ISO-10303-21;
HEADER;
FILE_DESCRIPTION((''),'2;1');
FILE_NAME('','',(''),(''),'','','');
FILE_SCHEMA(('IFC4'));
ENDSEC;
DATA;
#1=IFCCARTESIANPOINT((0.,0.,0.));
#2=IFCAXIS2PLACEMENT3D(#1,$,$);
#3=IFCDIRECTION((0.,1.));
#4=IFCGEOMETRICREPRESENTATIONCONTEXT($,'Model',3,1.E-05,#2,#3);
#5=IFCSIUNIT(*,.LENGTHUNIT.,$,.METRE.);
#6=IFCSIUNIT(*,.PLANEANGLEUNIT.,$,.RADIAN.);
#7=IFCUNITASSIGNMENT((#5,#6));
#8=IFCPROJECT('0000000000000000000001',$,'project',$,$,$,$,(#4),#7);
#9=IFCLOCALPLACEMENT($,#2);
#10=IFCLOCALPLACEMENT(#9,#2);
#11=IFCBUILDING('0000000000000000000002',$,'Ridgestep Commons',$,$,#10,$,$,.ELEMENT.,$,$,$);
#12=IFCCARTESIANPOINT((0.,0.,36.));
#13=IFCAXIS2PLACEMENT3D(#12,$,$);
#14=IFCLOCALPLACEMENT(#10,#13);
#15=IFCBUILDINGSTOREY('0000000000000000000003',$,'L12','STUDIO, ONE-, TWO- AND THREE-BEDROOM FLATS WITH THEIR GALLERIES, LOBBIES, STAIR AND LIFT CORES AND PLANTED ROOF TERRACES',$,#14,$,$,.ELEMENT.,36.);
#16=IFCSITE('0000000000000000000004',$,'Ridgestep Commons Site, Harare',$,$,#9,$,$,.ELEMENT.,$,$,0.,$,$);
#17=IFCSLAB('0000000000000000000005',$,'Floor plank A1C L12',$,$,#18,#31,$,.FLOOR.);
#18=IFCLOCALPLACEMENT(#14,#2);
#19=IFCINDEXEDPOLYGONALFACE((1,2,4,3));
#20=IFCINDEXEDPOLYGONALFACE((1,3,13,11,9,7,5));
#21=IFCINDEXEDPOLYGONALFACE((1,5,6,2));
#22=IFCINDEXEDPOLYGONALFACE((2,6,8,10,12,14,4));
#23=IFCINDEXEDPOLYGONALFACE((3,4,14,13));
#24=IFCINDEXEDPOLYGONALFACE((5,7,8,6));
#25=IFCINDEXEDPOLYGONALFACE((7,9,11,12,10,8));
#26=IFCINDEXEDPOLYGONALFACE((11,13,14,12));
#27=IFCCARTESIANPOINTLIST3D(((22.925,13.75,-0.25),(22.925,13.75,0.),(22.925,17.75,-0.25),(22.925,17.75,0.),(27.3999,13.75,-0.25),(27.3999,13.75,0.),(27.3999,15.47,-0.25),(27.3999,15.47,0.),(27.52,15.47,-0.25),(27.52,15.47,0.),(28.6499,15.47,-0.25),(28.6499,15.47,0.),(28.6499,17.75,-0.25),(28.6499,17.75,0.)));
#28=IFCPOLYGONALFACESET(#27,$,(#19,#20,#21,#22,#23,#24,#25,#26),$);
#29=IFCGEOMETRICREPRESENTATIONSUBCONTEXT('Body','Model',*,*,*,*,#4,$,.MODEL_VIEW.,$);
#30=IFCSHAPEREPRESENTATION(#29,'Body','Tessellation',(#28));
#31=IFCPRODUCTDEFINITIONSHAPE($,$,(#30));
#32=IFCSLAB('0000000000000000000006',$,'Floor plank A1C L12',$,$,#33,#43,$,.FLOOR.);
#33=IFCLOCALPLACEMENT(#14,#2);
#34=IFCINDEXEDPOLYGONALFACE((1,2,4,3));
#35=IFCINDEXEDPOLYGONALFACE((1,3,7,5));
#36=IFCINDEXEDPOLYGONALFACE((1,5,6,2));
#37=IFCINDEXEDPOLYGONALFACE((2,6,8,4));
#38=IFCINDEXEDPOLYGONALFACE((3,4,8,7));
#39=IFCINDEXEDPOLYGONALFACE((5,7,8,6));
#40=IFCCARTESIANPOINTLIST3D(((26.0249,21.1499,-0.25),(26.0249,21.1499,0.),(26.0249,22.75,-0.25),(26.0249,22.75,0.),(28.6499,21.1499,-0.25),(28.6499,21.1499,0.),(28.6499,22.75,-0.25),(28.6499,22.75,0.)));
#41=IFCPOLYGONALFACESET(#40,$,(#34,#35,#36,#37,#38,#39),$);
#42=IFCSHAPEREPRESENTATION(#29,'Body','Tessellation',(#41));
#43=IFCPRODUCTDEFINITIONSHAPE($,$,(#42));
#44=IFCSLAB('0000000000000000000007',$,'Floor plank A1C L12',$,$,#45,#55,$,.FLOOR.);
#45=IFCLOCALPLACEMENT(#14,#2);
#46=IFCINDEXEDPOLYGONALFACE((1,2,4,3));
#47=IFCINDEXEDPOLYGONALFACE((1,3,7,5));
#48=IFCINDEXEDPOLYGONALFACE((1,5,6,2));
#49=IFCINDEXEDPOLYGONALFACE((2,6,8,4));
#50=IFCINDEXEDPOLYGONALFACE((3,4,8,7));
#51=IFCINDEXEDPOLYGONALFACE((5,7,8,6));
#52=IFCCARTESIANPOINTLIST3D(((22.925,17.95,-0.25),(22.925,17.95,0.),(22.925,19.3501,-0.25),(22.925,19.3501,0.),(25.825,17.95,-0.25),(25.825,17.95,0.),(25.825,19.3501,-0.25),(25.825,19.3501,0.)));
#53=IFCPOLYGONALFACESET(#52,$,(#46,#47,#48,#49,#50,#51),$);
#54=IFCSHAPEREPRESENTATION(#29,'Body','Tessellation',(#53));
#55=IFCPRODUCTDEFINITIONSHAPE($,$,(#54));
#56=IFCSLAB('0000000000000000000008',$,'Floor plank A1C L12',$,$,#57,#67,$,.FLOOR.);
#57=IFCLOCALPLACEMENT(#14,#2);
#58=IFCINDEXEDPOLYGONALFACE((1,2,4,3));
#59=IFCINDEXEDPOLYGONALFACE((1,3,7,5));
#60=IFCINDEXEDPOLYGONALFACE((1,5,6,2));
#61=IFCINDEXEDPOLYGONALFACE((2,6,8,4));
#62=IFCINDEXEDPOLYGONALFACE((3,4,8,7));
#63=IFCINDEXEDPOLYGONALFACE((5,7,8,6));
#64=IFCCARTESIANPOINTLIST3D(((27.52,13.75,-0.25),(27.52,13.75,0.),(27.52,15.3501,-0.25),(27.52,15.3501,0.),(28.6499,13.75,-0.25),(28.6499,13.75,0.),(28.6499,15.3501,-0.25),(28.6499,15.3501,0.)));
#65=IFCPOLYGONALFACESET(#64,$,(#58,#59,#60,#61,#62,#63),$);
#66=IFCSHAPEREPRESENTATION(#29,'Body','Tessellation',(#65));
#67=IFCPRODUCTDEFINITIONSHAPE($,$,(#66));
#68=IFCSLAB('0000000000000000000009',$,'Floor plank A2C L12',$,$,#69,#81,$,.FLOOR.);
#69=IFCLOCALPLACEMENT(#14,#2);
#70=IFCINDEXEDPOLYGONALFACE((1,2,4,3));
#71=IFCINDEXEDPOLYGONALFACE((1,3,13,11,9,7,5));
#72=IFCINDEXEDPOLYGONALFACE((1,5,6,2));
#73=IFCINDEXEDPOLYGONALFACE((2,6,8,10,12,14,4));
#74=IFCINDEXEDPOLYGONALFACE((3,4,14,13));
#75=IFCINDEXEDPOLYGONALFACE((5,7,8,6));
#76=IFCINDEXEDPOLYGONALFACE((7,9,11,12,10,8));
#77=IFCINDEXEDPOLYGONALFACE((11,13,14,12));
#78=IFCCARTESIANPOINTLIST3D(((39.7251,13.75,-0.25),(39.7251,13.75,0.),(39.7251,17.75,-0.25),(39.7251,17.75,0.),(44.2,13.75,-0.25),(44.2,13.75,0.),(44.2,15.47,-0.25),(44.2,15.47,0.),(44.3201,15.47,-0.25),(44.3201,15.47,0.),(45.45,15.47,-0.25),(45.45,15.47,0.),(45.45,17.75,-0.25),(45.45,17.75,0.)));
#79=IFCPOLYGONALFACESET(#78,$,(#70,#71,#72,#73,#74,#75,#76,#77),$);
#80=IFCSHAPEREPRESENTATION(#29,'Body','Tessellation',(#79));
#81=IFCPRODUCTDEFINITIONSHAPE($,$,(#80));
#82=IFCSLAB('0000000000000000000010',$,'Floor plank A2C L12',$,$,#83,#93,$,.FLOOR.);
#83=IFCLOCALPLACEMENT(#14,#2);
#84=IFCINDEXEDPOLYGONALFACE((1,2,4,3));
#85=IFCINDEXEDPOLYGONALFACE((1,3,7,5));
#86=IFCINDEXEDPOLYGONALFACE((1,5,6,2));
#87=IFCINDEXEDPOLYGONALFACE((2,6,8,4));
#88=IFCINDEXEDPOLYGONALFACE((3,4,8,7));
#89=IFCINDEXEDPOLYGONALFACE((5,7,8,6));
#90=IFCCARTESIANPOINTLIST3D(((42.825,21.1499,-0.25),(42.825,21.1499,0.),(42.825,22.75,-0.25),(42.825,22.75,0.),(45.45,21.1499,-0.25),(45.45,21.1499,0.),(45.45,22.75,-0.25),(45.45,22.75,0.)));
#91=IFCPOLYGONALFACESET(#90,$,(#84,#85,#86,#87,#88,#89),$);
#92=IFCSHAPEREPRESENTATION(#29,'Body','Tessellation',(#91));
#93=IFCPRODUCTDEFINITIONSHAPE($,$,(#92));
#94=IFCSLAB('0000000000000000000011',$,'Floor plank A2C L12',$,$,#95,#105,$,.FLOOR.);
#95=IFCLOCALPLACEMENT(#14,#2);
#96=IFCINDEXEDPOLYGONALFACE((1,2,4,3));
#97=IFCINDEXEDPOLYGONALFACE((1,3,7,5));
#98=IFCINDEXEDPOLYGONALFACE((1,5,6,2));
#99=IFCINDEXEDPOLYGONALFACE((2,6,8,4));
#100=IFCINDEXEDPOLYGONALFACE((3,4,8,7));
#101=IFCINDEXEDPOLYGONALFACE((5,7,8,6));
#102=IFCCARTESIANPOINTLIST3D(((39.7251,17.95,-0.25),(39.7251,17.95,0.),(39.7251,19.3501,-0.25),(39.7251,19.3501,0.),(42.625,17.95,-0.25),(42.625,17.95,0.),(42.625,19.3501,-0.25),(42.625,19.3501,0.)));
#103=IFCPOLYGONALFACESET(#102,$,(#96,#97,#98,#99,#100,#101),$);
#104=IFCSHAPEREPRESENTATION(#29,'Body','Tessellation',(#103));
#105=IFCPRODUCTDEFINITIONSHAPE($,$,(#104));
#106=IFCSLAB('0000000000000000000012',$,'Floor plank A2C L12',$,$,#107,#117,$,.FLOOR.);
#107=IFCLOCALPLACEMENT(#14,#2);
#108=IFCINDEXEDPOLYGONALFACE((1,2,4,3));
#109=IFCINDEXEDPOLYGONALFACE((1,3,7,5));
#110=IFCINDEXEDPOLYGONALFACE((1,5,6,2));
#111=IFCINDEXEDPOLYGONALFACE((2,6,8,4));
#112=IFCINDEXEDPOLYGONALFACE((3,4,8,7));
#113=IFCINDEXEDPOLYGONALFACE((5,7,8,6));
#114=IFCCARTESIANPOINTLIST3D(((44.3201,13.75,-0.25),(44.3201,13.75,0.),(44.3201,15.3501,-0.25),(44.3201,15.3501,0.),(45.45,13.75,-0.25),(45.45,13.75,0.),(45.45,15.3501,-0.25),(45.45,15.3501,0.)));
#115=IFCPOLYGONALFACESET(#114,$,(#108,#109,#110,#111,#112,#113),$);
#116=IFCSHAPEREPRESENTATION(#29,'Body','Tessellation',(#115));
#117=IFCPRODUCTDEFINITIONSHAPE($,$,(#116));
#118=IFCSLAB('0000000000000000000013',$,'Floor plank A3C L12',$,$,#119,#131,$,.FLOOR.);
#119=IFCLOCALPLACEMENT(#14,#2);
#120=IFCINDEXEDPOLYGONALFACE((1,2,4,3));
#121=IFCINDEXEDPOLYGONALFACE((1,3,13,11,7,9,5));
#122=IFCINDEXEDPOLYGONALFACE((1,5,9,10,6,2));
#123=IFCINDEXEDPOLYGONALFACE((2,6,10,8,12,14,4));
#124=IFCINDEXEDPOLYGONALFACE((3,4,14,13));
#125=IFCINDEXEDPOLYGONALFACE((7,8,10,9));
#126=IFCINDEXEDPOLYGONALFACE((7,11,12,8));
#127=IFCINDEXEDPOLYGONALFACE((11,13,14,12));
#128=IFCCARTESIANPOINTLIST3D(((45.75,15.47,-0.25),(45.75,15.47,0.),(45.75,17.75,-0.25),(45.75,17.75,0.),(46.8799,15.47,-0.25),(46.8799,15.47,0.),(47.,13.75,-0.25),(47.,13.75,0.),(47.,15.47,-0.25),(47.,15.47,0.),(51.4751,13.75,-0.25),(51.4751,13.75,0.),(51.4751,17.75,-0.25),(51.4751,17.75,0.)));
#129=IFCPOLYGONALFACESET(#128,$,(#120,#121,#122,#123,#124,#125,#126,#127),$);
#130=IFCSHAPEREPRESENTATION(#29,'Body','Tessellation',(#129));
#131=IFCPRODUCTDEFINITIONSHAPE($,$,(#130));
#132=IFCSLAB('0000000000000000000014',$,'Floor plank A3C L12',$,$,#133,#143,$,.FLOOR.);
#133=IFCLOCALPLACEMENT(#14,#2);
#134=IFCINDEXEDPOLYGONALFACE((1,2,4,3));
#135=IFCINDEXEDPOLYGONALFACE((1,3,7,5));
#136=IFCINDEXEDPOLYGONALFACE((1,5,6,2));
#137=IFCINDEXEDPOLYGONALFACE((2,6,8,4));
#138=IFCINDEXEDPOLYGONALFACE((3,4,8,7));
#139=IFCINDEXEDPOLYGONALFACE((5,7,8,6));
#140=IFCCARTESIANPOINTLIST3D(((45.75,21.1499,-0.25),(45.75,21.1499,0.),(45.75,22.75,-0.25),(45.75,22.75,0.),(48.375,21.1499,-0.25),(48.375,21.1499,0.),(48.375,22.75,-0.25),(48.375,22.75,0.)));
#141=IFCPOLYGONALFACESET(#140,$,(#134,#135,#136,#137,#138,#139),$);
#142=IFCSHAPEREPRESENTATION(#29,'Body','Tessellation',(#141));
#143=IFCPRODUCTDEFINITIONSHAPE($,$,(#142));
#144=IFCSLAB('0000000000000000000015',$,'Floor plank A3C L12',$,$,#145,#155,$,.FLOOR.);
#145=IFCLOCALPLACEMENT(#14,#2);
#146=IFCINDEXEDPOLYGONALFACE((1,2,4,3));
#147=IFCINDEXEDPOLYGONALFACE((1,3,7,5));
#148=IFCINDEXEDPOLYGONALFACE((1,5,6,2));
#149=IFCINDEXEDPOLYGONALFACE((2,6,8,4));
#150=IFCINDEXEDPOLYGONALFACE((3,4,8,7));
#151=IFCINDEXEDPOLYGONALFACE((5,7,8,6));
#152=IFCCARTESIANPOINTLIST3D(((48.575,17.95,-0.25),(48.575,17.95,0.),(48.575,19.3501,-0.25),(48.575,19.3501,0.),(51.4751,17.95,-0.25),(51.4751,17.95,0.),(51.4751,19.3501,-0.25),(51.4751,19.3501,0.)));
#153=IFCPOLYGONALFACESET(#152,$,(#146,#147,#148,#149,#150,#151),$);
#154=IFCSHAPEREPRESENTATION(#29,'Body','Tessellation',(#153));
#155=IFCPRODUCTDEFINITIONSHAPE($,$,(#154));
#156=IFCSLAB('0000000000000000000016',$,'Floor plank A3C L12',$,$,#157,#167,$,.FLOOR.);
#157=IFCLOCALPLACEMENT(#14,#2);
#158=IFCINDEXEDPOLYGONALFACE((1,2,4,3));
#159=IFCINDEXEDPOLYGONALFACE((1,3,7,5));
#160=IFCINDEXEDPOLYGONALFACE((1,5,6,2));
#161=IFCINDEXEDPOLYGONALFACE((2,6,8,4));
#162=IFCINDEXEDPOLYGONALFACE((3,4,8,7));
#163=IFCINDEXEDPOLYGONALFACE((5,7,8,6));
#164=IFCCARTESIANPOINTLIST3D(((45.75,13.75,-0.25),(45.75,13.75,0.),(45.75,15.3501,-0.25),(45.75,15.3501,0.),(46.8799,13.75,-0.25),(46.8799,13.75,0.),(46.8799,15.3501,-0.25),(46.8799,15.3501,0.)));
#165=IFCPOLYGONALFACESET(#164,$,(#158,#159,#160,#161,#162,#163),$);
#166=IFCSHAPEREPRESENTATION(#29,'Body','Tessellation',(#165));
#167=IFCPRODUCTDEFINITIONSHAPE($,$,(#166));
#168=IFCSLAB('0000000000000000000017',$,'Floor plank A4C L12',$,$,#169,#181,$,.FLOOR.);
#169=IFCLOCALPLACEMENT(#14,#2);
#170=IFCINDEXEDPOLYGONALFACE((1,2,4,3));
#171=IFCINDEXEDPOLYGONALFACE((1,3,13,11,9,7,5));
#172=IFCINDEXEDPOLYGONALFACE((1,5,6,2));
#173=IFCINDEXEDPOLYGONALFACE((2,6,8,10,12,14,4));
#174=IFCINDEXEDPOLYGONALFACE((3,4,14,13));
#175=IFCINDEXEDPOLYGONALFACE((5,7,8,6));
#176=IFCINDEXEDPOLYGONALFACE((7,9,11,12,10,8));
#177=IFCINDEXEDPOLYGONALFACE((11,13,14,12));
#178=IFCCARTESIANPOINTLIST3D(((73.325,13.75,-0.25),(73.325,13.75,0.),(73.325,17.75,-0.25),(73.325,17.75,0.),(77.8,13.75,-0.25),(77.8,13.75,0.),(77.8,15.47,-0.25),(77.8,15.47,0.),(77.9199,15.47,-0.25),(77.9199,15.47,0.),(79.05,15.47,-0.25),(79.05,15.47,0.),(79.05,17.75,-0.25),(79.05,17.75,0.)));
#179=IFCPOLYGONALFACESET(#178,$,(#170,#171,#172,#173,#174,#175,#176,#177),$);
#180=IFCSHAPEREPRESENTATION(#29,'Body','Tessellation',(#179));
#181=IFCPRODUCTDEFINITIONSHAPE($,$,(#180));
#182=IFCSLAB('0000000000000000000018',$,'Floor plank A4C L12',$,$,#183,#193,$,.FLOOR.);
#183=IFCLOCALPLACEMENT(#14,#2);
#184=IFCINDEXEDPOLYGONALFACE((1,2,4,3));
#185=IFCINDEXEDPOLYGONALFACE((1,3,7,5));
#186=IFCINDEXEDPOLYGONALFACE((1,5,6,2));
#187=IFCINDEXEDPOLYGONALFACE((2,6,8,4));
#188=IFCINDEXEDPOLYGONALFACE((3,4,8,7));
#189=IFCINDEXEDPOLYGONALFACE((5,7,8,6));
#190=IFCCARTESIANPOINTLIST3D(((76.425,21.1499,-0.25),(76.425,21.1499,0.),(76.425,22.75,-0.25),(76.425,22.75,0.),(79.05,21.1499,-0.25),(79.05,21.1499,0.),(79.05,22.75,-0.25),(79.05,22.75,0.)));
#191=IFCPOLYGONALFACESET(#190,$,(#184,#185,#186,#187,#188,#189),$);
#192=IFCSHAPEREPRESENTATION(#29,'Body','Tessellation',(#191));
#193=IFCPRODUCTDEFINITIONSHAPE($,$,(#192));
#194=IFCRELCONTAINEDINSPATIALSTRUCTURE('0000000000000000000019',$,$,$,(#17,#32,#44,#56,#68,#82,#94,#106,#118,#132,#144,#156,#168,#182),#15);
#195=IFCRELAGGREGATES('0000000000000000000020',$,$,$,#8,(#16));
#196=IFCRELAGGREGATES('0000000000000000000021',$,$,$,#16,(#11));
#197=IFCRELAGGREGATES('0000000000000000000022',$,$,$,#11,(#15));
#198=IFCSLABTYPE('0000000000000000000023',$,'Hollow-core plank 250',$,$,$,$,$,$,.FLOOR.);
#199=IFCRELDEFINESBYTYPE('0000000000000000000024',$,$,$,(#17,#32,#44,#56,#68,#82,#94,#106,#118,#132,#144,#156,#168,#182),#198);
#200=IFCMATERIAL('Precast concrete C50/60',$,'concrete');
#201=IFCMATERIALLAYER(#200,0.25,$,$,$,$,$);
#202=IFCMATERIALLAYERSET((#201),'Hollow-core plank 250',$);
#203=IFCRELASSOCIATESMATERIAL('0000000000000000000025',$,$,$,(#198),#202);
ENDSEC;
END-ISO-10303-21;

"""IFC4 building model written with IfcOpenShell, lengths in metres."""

from ifc_helpers import new_model, si_unit, direction, frame, origin, place, context, subcontext, project, spatial, polyline, outline, extrude, material, layer, layer_set, type_object, element, save


model = new_model("IFC4")

# Units and contexts
model_context = context("Model", 3, precision=1e-05, world=origin(), true_north=direction((0.0, 1.0)))
body_context = subcontext(model_context, "Body", "Model", "MODEL_VIEW")
ifc_project = project(units=[si_unit("LENGTHUNIT", "METRE"), si_unit("PLANEANGLEUNIT", "RADIAN")], contexts=[model_context])

# Site, building, storey
site_placement = place(None, origin())
site = spatial("IfcSite", under=ifc_project, at=site_placement, Name="Ridgestep Commons Site, Harare", CompositionType="ELEMENT", RefElevation=0.0)
building_placement = place(site_placement, origin())
building = spatial("IfcBuilding", under=site, at=building_placement, Name="Ridgestep Commons", CompositionType="ELEMENT")
storey_placement = place(building_placement, frame((0.0, 0.0, 36.0)))
storey = spatial("IfcBuildingStorey", under=building, at=storey_placement, Name="L12", Description="STUDIO, ONE-, TWO- AND THREE-BEDROOM FLATS WITH THEIR GALLERIES, LOBBIES, STAIR AND LIFT CORES AND PLANTED ROOF TERRACES", CompositionType="ELEMENT", Elevation=36.0)

# Slabs
ifc_material_1 = material(Name="Precast concrete C50/60", Category="concrete")
ifc_layer_1 = layer(ifc_material_1, 0.25)
ifc_layer_set_1 = layer_set([ifc_layer_1], Name="Hollow-core plank 250")
slab_type_1 = type_object("IfcSlabType", Name="Hollow-core plank 250", PredefinedType="FLOOR", material=ifc_layer_set_1)
slab_1_placement = place(storey_placement, frame((0.0, 0.0, -0.25)))
element("IfcSlab", 1, at=slab_1_placement, inside=storey, type_object=slab_type_1, Name="Floor plank A1C L12", PredefinedType="FLOOR", context=body_context, shape_type="SweptSolid", body=[
    extrude(outline(polyline([(27.52, 15.47), (28.6499, 15.47), (28.6499, 17.75), (22.925, 17.75), (22.925, 13.75), (27.3999, 13.75), (27.3999, 15.47), (27.52, 15.47)])), origin(), (0.0, 0.0, 1.0), 0.25),
])
slab_2_placement = place(storey_placement, frame((0.0, 0.0, -0.25)))
element("IfcSlab", 2, at=slab_2_placement, inside=storey, type_object=slab_type_1, Name="Floor plank A1C L12", PredefinedType="FLOOR", context=body_context, shape_type="SweptSolid", body=[
    extrude(outline(polyline([(28.6499, 21.1499), (28.6499, 22.75), (26.0249, 22.75), (26.0249, 21.1499), (28.6499, 21.1499)])), origin(), (0.0, 0.0, 1.0), 0.25),
])
slab_3_placement = place(storey_placement, frame((0.0, 0.0, -0.25)))
element("IfcSlab", 3, at=slab_3_placement, inside=storey, type_object=slab_type_1, Name="Floor plank A1C L12", PredefinedType="FLOOR", context=body_context, shape_type="SweptSolid", body=[
    extrude(outline(polyline([(25.825, 17.95), (25.825, 19.3501), (22.925, 19.3501), (22.925, 17.95), (25.825, 17.95)])), origin(), (0.0, 0.0, 1.0), 0.25),
])
slab_4_placement = place(storey_placement, frame((0.0, 0.0, -0.25)))
element("IfcSlab", 4, at=slab_4_placement, inside=storey, type_object=slab_type_1, Name="Floor plank A1C L12", PredefinedType="FLOOR", context=body_context, shape_type="SweptSolid", body=[
    extrude(outline(polyline([(27.52, 13.75), (28.6499, 13.75), (28.6499, 15.3501), (27.52, 15.3501), (27.52, 13.75)])), origin(), (0.0, 0.0, 1.0), 0.25),
])
slab_5_placement = place(storey_placement, frame((0.0, 0.0, -0.25)))
element("IfcSlab", 5, at=slab_5_placement, inside=storey, type_object=slab_type_1, Name="Floor plank A2C L12", PredefinedType="FLOOR", context=body_context, shape_type="SweptSolid", body=[
    extrude(outline(polyline([(44.3201, 15.47), (45.45, 15.47), (45.45, 17.75), (39.7251, 17.75), (39.7251, 13.75), (44.2, 13.75), (44.2, 15.47), (44.3201, 15.47)])), origin(), (0.0, 0.0, 1.0), 0.25),
])
slab_6_placement = place(storey_placement, frame((0.0, 0.0, -0.25)))
element("IfcSlab", 6, at=slab_6_placement, inside=storey, type_object=slab_type_1, Name="Floor plank A2C L12", PredefinedType="FLOOR", context=body_context, shape_type="SweptSolid", body=[
    extrude(outline(polyline([(45.45, 21.1499), (45.45, 22.75), (42.825, 22.75), (42.825, 21.1499), (45.45, 21.1499)])), origin(), (0.0, 0.0, 1.0), 0.25),
])
slab_7_placement = place(storey_placement, frame((0.0, 0.0, -0.25)))
element("IfcSlab", 7, at=slab_7_placement, inside=storey, type_object=slab_type_1, Name="Floor plank A2C L12", PredefinedType="FLOOR", context=body_context, shape_type="SweptSolid", body=[
    extrude(outline(polyline([(42.625, 17.95), (42.625, 19.3501), (39.7251, 19.3501), (39.7251, 17.95), (42.625, 17.95)])), origin(), (0.0, 0.0, 1.0), 0.25),
])
slab_8_placement = place(storey_placement, frame((0.0, 0.0, -0.25)))
element("IfcSlab", 8, at=slab_8_placement, inside=storey, type_object=slab_type_1, Name="Floor plank A2C L12", PredefinedType="FLOOR", context=body_context, shape_type="SweptSolid", body=[
    extrude(outline(polyline([(44.3201, 13.75), (45.45, 13.75), (45.45, 15.3501), (44.3201, 15.3501), (44.3201, 13.75)])), origin(), (0.0, 0.0, 1.0), 0.25),
])
slab_9_placement = place(storey_placement, frame((0.0, 0.0, -0.25)))
element("IfcSlab", 9, at=slab_9_placement, inside=storey, type_object=slab_type_1, Name="Floor plank A3C L12", PredefinedType="FLOOR", context=body_context, shape_type="SweptSolid", body=[
    extrude(outline(polyline([(47.0, 13.75), (51.4751, 13.75), (51.4751, 17.75), (45.75, 17.75), (45.75, 15.47), (46.8799, 15.47), (47.0, 15.47), (47.0, 13.75)])), origin(), (0.0, 0.0, 1.0), 0.25),
])
slab_10_placement = place(storey_placement, frame((0.0, 0.0, -0.25)))
element("IfcSlab", 10, at=slab_10_placement, inside=storey, type_object=slab_type_1, Name="Floor plank A3C L12", PredefinedType="FLOOR", context=body_context, shape_type="SweptSolid", body=[
    extrude(outline(polyline([(48.375, 22.75), (45.75, 22.75), (45.75, 21.1499), (48.375, 21.1499), (48.375, 22.75)])), origin(), (0.0, 0.0, 1.0), 0.25),
])
slab_11_placement = place(storey_placement, frame((0.0, 0.0, -0.25)))
element("IfcSlab", 11, at=slab_11_placement, inside=storey, type_object=slab_type_1, Name="Floor plank A3C L12", PredefinedType="FLOOR", context=body_context, shape_type="SweptSolid", body=[
    extrude(outline(polyline([(51.4751, 17.95), (51.4751, 19.3501), (48.575, 19.3501), (48.575, 17.95), (51.4751, 17.95)])), origin(), (0.0, 0.0, 1.0), 0.25),
])
slab_12_placement = place(storey_placement, frame((0.0, 0.0, -0.25)))
element("IfcSlab", 12, at=slab_12_placement, inside=storey, type_object=slab_type_1, Name="Floor plank A3C L12", PredefinedType="FLOOR", context=body_context, shape_type="SweptSolid", body=[
    extrude(outline(polyline([(46.8799, 15.3501), (45.75, 15.3501), (45.75, 13.75), (46.8799, 13.75), (46.8799, 15.3501)])), origin(), (0.0, 0.0, 1.0), 0.25),
])
slab_13_placement = place(storey_placement, frame((0.0, 0.0, -0.25)))
element("IfcSlab", 13, at=slab_13_placement, inside=storey, type_object=slab_type_1, Name="Floor plank A4C L12", PredefinedType="FLOOR", context=body_context, shape_type="SweptSolid", body=[
    extrude(outline(polyline([(77.9199, 15.47), (79.05, 15.47), (79.05, 17.75), (73.325, 17.75), (73.325, 13.75), (77.8, 13.75), (77.8, 15.47), (77.9199, 15.47)])), origin(), (0.0, 0.0, 1.0), 0.25),
])
slab_14_placement = place(storey_placement, frame((0.0, 0.0, -0.25)))
element("IfcSlab", 14, at=slab_14_placement, inside=storey, type_object=slab_type_1, Name="Floor plank A4C L12", PredefinedType="FLOOR", context=body_context, shape_type="SweptSolid", body=[
    extrude(outline(polyline([(79.05, 21.1499), (79.05, 22.75), (76.425, 22.75), (76.425, 21.1499), (79.05, 21.1499)])), origin(), (0.0, 0.0, 1.0), 0.25),
])

save(model, "model.ifc")
